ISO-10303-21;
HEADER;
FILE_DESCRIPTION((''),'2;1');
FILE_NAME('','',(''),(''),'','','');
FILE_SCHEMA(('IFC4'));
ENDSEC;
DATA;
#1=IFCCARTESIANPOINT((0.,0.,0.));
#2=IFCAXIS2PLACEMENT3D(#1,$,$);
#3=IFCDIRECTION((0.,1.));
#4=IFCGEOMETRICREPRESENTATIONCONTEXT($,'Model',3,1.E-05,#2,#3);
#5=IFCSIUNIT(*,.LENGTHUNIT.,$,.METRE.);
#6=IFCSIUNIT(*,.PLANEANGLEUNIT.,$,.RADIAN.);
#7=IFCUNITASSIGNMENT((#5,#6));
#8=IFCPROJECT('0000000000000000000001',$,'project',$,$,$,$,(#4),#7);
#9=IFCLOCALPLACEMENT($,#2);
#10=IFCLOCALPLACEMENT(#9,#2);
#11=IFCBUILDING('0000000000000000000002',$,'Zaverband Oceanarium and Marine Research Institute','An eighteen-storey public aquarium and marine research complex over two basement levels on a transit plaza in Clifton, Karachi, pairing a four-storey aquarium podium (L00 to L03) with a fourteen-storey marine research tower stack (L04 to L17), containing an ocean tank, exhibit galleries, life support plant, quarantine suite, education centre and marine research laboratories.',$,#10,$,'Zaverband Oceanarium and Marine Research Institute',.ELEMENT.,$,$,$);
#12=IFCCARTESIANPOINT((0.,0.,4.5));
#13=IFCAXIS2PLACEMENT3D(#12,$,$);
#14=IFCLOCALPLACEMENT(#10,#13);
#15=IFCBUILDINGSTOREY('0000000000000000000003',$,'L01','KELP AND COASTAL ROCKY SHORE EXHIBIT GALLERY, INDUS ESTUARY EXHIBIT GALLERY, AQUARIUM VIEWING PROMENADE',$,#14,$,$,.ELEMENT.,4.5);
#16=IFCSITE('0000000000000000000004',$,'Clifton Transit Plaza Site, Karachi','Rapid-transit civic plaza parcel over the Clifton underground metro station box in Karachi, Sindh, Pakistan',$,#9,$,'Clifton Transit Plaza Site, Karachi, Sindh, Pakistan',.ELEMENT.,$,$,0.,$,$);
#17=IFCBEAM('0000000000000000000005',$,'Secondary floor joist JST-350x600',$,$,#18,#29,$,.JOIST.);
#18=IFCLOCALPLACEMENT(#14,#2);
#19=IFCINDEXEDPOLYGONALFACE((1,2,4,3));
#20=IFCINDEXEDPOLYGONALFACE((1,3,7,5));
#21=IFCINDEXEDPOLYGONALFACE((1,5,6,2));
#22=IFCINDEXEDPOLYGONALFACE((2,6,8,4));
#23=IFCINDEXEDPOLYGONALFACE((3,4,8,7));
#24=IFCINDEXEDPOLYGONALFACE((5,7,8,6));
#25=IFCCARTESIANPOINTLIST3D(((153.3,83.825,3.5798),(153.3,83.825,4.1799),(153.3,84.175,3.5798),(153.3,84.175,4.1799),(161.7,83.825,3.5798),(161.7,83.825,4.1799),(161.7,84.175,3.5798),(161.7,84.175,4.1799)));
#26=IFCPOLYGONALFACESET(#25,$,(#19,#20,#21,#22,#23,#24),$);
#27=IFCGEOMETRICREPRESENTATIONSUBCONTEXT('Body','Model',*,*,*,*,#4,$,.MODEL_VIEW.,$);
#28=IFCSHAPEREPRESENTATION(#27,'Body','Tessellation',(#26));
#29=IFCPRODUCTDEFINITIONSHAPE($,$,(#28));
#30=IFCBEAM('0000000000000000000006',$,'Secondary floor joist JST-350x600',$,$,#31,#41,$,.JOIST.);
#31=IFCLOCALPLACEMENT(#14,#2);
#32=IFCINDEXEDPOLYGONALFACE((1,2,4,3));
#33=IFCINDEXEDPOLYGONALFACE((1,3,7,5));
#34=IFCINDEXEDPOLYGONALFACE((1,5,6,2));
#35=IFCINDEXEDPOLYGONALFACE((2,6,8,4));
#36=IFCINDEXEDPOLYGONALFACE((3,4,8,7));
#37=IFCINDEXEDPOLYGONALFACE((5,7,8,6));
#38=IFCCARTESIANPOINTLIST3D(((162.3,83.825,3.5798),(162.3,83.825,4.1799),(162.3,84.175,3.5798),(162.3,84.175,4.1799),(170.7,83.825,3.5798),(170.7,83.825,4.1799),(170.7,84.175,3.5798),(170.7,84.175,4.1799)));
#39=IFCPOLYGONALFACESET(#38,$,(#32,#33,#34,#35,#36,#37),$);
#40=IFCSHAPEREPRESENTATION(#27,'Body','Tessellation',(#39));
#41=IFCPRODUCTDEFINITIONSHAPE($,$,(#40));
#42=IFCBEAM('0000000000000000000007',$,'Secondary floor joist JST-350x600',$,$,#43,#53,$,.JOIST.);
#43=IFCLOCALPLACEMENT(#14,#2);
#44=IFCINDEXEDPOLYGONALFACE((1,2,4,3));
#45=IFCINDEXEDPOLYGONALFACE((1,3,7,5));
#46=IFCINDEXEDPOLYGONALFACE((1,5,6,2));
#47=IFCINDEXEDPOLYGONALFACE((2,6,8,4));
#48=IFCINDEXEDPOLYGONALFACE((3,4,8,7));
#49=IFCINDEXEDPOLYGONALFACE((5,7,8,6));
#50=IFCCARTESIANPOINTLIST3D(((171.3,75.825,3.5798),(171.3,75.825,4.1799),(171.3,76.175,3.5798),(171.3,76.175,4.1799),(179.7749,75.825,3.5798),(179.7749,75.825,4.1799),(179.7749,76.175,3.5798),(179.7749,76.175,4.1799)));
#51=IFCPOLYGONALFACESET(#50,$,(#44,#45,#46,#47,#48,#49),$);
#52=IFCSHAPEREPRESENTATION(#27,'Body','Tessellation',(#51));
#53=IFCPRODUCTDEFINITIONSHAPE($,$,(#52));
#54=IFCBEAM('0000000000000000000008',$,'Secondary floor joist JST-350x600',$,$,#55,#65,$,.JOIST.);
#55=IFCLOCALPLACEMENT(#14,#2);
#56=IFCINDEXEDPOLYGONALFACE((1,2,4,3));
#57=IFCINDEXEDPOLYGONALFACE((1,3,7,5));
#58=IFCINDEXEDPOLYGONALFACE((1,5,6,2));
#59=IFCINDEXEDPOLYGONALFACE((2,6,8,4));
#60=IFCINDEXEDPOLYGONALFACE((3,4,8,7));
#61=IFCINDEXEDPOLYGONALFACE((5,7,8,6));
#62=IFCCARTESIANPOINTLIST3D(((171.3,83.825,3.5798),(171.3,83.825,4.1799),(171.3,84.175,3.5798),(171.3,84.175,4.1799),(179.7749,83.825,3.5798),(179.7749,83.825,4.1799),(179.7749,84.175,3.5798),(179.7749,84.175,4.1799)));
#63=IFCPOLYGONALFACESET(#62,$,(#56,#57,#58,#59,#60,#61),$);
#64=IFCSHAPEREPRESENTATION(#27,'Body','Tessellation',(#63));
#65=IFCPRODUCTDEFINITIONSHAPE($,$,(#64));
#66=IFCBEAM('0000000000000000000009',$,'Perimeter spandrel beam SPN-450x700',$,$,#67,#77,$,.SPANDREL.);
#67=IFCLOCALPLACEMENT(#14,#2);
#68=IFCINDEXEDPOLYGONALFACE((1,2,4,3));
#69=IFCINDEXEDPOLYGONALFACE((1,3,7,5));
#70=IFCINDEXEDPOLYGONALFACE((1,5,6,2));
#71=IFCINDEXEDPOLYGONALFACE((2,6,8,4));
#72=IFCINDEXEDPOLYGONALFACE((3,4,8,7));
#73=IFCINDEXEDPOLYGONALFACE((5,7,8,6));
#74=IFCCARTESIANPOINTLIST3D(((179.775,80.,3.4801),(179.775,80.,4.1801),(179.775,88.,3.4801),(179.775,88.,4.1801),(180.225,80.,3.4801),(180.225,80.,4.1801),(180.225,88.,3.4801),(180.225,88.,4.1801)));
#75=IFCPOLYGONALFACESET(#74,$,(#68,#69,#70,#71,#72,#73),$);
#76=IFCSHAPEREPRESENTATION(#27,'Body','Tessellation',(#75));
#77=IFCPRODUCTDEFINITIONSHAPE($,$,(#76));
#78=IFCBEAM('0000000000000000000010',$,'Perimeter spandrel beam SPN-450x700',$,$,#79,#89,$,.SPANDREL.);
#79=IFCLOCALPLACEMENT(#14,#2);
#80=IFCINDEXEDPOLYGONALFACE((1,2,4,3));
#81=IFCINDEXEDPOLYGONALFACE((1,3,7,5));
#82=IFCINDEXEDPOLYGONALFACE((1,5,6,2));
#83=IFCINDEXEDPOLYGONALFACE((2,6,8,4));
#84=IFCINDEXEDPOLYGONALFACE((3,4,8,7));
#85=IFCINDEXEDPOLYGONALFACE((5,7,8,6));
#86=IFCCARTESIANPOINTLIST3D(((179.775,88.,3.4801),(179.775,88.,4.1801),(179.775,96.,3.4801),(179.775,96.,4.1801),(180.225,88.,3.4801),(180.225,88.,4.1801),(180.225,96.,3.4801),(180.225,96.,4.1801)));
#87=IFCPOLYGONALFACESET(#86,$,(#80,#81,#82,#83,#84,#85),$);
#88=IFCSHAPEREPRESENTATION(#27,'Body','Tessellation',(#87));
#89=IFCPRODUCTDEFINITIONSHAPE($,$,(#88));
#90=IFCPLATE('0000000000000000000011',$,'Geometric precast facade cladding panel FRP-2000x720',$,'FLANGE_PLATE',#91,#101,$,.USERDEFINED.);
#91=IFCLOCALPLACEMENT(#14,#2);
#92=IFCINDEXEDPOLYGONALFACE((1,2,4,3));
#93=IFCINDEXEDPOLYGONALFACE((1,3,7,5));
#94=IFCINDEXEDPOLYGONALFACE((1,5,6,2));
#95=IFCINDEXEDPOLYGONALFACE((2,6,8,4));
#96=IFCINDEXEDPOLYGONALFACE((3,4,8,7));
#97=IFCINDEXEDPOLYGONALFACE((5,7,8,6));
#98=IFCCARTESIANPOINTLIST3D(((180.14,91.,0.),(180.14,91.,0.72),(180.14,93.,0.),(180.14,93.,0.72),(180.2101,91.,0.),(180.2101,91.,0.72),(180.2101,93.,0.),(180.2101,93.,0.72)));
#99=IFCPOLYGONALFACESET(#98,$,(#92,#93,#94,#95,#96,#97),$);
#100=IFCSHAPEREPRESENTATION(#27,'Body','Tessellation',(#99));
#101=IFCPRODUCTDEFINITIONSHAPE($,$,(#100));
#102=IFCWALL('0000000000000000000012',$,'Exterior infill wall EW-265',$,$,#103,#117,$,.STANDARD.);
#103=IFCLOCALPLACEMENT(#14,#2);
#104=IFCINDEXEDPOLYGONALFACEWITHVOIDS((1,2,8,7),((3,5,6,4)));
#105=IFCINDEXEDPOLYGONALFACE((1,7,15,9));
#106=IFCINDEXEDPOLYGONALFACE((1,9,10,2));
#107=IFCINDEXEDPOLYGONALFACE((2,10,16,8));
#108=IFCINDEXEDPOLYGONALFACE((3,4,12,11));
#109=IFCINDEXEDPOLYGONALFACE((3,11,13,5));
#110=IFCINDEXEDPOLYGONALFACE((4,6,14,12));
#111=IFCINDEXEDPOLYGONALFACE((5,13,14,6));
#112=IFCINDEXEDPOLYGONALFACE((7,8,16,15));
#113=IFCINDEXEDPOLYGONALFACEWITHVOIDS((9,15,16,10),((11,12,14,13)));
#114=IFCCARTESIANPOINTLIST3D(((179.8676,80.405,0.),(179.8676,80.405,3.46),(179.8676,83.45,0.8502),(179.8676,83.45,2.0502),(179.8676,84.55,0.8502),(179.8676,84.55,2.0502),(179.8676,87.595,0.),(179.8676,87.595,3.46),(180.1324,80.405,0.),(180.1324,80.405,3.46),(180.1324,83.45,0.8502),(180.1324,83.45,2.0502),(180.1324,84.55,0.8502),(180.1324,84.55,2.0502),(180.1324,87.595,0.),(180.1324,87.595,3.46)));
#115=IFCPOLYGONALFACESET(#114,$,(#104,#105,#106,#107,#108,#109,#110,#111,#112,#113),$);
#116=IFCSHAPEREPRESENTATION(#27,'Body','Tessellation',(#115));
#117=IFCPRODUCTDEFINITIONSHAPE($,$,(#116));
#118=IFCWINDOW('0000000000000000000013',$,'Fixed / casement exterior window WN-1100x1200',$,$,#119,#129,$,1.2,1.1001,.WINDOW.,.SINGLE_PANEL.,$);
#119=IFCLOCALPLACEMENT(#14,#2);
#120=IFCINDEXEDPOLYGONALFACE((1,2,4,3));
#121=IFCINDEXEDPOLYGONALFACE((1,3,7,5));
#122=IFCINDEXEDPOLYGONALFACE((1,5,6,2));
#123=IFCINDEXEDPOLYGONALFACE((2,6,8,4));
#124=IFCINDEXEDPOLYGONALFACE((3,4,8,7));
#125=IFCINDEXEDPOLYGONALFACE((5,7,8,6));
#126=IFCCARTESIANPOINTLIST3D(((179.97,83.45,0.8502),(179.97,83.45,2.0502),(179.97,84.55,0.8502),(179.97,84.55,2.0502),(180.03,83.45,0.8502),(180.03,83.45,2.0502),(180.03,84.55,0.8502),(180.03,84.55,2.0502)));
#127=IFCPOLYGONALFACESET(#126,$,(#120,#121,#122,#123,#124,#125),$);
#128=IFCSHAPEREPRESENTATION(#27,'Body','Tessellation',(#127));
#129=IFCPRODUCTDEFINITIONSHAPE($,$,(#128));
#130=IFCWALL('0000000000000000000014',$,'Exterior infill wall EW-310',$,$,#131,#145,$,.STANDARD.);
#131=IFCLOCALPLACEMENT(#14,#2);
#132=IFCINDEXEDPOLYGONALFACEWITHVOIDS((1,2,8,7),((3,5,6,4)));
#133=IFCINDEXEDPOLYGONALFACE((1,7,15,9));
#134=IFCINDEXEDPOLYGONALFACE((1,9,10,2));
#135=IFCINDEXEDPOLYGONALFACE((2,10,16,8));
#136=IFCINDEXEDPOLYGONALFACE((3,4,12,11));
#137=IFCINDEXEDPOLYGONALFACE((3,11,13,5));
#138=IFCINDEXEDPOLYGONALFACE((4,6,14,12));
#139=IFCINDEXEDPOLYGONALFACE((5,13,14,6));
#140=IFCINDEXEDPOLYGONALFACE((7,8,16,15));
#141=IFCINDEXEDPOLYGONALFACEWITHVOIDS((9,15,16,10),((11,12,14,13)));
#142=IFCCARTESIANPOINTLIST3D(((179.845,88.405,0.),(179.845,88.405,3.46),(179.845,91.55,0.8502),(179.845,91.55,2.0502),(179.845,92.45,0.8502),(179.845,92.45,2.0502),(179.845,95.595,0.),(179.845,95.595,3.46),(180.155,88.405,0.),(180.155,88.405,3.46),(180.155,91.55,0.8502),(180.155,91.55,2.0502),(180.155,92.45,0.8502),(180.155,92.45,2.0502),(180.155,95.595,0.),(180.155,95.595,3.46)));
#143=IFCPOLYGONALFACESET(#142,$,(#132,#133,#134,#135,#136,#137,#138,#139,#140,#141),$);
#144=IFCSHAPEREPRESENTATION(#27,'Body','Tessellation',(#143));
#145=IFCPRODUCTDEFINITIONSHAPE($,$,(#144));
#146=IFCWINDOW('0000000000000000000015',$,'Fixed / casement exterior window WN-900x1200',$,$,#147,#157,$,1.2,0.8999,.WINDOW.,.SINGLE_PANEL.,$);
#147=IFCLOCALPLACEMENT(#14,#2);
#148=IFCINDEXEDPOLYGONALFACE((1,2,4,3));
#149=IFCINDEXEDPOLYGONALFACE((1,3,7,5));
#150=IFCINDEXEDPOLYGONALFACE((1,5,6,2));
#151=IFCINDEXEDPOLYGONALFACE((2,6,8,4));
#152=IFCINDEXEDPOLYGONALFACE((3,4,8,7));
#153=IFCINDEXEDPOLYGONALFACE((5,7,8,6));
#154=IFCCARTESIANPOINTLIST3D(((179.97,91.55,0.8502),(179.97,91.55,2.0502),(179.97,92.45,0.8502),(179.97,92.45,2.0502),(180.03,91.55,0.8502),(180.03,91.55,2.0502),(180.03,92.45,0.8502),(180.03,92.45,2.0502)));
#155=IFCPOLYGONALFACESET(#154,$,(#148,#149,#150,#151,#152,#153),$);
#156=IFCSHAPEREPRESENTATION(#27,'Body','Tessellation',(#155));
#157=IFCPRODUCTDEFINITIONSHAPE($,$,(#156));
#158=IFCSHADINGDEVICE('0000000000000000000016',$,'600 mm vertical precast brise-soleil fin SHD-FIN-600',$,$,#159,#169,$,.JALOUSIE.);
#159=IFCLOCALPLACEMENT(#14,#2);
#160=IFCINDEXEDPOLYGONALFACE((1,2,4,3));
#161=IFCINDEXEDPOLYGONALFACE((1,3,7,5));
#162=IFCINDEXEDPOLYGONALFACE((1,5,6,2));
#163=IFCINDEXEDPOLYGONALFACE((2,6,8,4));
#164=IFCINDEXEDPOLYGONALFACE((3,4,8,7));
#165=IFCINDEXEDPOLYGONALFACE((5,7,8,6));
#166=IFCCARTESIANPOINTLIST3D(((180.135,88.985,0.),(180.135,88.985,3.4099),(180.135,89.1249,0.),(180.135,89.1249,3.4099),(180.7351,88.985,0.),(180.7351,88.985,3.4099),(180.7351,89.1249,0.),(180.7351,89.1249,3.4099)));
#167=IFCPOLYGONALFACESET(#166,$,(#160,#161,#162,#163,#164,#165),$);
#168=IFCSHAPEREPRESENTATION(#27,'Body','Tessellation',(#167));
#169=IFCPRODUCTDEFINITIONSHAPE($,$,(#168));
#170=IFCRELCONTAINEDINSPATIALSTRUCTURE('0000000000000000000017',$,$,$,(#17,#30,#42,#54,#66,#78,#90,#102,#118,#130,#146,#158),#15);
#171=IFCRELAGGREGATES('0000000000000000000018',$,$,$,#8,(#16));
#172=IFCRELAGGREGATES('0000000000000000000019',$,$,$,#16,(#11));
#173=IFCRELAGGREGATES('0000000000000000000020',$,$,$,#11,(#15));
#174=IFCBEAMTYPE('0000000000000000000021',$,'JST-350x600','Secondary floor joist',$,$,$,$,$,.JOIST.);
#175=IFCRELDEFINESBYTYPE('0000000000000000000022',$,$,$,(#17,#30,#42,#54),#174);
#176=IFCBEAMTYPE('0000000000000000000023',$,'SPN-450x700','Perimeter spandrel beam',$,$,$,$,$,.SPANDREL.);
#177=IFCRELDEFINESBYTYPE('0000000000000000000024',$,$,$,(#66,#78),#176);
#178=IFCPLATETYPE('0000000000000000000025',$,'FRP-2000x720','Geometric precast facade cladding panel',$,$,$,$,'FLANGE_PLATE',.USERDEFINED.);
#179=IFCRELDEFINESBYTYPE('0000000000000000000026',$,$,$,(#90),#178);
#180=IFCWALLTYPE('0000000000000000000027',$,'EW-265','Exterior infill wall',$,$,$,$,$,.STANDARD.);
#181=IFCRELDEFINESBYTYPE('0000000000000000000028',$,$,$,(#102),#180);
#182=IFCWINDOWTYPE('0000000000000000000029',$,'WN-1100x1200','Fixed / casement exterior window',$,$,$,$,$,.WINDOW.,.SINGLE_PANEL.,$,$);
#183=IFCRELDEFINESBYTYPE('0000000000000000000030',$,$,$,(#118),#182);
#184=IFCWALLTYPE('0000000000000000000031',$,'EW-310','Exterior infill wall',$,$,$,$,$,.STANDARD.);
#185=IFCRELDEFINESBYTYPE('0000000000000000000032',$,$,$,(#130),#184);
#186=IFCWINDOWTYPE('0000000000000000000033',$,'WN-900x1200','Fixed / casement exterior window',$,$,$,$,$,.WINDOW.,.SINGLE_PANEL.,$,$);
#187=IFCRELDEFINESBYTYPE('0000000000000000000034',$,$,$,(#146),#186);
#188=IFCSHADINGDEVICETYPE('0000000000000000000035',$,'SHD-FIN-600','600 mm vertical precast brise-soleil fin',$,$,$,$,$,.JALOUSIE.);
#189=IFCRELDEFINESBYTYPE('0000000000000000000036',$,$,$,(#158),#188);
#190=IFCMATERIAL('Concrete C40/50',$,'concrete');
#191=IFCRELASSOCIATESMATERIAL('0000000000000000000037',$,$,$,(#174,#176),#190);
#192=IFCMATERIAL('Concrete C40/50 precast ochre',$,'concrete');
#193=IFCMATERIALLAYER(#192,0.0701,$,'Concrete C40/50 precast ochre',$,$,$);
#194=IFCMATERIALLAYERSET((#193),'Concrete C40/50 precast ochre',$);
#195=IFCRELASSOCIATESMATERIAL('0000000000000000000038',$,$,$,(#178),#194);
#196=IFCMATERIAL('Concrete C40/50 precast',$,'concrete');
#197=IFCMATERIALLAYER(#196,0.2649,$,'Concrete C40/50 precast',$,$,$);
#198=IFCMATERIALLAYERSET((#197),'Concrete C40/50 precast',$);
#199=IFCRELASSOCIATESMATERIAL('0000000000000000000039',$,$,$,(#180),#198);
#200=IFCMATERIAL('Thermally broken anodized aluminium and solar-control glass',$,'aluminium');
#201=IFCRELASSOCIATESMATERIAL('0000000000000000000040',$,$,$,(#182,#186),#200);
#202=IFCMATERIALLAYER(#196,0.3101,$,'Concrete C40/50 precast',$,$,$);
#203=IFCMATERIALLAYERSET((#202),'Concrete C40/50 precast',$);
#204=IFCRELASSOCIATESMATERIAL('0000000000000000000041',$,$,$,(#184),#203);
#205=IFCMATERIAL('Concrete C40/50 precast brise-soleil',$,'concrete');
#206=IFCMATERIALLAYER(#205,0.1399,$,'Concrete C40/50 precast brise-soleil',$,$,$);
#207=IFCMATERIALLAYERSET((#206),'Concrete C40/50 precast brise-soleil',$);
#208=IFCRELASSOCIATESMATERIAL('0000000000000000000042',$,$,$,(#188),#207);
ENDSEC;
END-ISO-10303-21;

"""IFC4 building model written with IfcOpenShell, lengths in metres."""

from ifc_helpers import new_model, si_unit, direction, frame, frame_2d, origin, origin_2d, place, context, subcontext, project, spatial, rectangle, extrude, material, layer, layer_set, material_profile, profile_set, type_object, element, fill, save


model = new_model("IFC4")

# Units and contexts
model_context = context("Model", 3, precision=1e-05, world=origin(), true_north=direction((0.0, 1.0)))
body_context = subcontext(model_context, "Body", "Model", "MODEL_VIEW")
ifc_project = project(units=[si_unit("LENGTHUNIT", "METRE"), si_unit("PLANEANGLEUNIT", "RADIAN")], contexts=[model_context])

# Site, building, storey
site_placement = place(None, origin())
site = spatial("IfcSite", under=ifc_project, at=site_placement, Name="Clifton Transit Plaza Site, Karachi", Description="Rapid-transit civic plaza parcel over the Clifton underground metro station box in Karachi, Sindh, Pakistan", LongName="Clifton Transit Plaza Site, Karachi, Sindh, Pakistan", CompositionType="ELEMENT", RefElevation=0.0)
building_placement = place(site_placement, origin())
building = spatial("IfcBuilding", under=site, at=building_placement, Name="Zaverband Oceanarium and Marine Research Institute", Description="An eighteen-storey public aquarium and marine research complex over two basement levels on a transit plaza in Clifton, Karachi, pairing a four-storey aquarium podium (L00 to L03) with a fourteen-storey marine research tower stack (L04 to L17), containing an ocean tank, exhibit galleries, life support plant, quarantine suite, education centre and marine research laboratories.", LongName="Zaverband Oceanarium and Marine Research Institute", CompositionType="ELEMENT")
storey_placement = place(building_placement, frame((0.0, 0.0, 4.5)))
storey = spatial("IfcBuildingStorey", under=building, at=storey_placement, Name="L01", Description="KELP AND COASTAL ROCKY SHORE EXHIBIT GALLERY, INDUS ESTUARY EXHIBIT GALLERY, AQUARIUM VIEWING PROMENADE", CompositionType="ELEMENT", Elevation=4.5)

# Beams
ifc_material_1 = material(Name="Concrete C40/50", Category="concrete")
ifc_material_profile_1 = material_profile(ifc_material_1, rectangle(XDim=0.3501, YDim=0.6001, at=origin_2d()), Name="RC350x600")
ifc_profile_set_1 = profile_set([ifc_material_profile_1], Name="Concrete C40/50")
beam_type_1 = type_object("IfcBeamType", Name="JST-350x600", Description="Secondary floor joist", PredefinedType="JOIST", material=ifc_profile_set_1)
for number, where, z_axis, x_axis, name in (
    (1, (153.3, 84.0, 3.8799), (1.0, 0.0, 0.0), (0.0, 1.0, 0.0), "Secondary floor joist JST-350x600"),
    (2, (162.3, 84.0, 3.8799), (1.0, 0.0, 0.0), (0.0, 1.0, 0.0), "Secondary floor joist JST-350x600"),
):
    element("IfcBeam", number, at=place(storey_placement, frame(where, z_axis=z_axis, x_axis=x_axis)), inside=storey, type_object=beam_type_1, Name=name, PredefinedType="JOIST", context=body_context, shape_type="SweptSolid", body=[
        extrude(rectangle(XDim=0.3501, YDim=0.6001, at=origin_2d()), origin(), (0.0, 0.0, 1.0), 8.3999),
    ])
for number, where, z_axis, x_axis, name in (
    (3, (171.3, 76.0, 3.8799), (1.0, 0.0, 0.0), (0.0, 1.0, 0.0), "Secondary floor joist JST-350x600"),
    (4, (171.3, 84.0, 3.8799), (1.0, 0.0, 0.0), (0.0, 1.0, 0.0), "Secondary floor joist JST-350x600"),
):
    element("IfcBeam", number, at=place(storey_placement, frame(where, z_axis=z_axis, x_axis=x_axis)), inside=storey, type_object=beam_type_1, Name=name, PredefinedType="JOIST", context=body_context, shape_type="SweptSolid", body=[
        extrude(rectangle(XDim=0.3501, YDim=0.6001, at=origin_2d()), origin(), (0.0, 0.0, 1.0), 8.4749),
    ])
ifc_material_profile_2 = material_profile(ifc_material_1, rectangle(XDim=0.45, YDim=0.7, at=origin_2d()), Name="RC450x700")
ifc_profile_set_2 = profile_set([ifc_material_profile_2], Name="Concrete C40/50")
beam_type_2 = type_object("IfcBeamType", Name="SPN-450x700", Description="Perimeter spandrel beam", PredefinedType="SPANDREL", material=ifc_profile_set_2)
for number, where, z_axis, x_axis, name in (
    (5, (180.0, 80.0, 3.8301), (0.0, 1.0, 0.0), (-1.0, 0.0, 0.0), "Perimeter spandrel beam SPN-450x700"),
    (6, (180.0, 88.0, 3.8301), (0.0, 1.0, 0.0), (-1.0, 0.0, 0.0), "Perimeter spandrel beam SPN-450x700"),
):
    element("IfcBeam", number, at=place(storey_placement, frame(where, z_axis=z_axis, x_axis=x_axis)), inside=storey, type_object=beam_type_2, Name=name, PredefinedType="SPANDREL", context=body_context, shape_type="SweptSolid", body=[
        extrude(rectangle(XDim=0.45, YDim=0.7, at=origin_2d()), origin(), (0.0, 0.0, 1.0), 8.0),
    ])

# Plate
ifc_material_2 = material(Name="Concrete C40/50 precast ochre", Category="concrete")
ifc_layer_1 = layer(ifc_material_2, 0.0701, Name="Concrete C40/50 precast ochre")
ifc_layer_set_1 = layer_set([ifc_layer_1], Name="Concrete C40/50 precast ochre")
plate_type = type_object("IfcPlateType", Name="FRP-2000x720", Description="Geometric precast facade cladding panel", ElementType="FLANGE_PLATE", PredefinedType="USERDEFINED", material=ifc_layer_set_1)
plate_placement = place(storey_placement, frame((180.175, 91.0, 0.0), z_axis=(0.0, 0.0, 1.0), x_axis=(0.0, 1.0, 0.0)))
element("IfcPlate", 7, at=plate_placement, inside=storey, type_object=plate_type, Name="Geometric precast facade cladding panel FRP-2000x720", ObjectType="FLANGE_PLATE", PredefinedType="USERDEFINED", context=body_context, shape_type="SweptSolid", body=[
    extrude(rectangle(XDim=2.0, YDim=0.0701, at=frame_2d((1.0, 0.0))), origin(), (0.0, 0.0, 1.0), 0.72),
])

# Walls, openings, windows
ifc_material_3 = material(Name="Concrete C40/50 precast", Category="concrete")
ifc_layer_2 = layer(ifc_material_3, 0.2649, Name="Concrete C40/50 precast")
ifc_layer_set_2 = layer_set([ifc_layer_2], Name="Concrete C40/50 precast")
wall_type_1 = type_object("IfcWallType", Name="EW-265", Description="Exterior infill wall", PredefinedType="STANDARD", material=ifc_layer_set_2)
wall_1_placement = place(storey_placement, frame((180.0, 80.405, 0.0), z_axis=(0.0, 0.0, 1.0), x_axis=(0.0, 1.0, 0.0)))
wall_1 = element("IfcWall", 8, at=wall_1_placement, inside=storey, type_object=wall_type_1, Name="Exterior infill wall EW-265", PredefinedType="STANDARD", context=body_context, shape_type="SweptSolid", body=[
    extrude(rectangle(XDim=7.1899, YDim=0.2649, at=frame_2d((3.595, 0.0))), origin(), (0.0, 0.0, 1.0), 3.46),
])
opening_1_placement = place(wall_1_placement, frame((3.0449, 0.0, 0.8501)))
opening_1 = element("IfcOpeningElement", 9, at=opening_1_placement, cuts=wall_1, PredefinedType="OPENING", context=body_context, shape_type="SweptSolid", body=[
    extrude(rectangle(XDim=1.1001, YDim=1.2, at=frame_2d((0.55, 0.6001))), frame((0.0, 0.1445, 0.0), z_axis=(0.0, -1.0, 0.0), x_axis=(1.0, 0.0, 0.0)), (0.0, 0.0, 1.0), 0.2888),
])
ifc_material_4 = material(Name="Thermally broken anodized aluminium and solar-control glass", Category="aluminium")
window_type_1 = type_object("IfcWindowType", Name="WN-1100x1200", Description="Fixed / casement exterior window", PartitioningType="SINGLE_PANEL", PredefinedType="WINDOW", material=ifc_material_4)
window_1_placement = place(opening_1_placement, origin())
window_1 = element("IfcWindow", 10, at=window_1_placement, inside=storey, type_object=window_type_1, Name="Fixed / casement exterior window WN-1100x1200", OverallHeight=1.2, OverallWidth=1.1001, PartitioningType="SINGLE_PANEL", PredefinedType="WINDOW", context=body_context, shape_type="SweptSolid", body=[
    extrude(rectangle(XDim=1.1001, YDim=1.2, at=frame_2d((0.55, 0.6001))), frame((0.0, 0.03, 0.0), z_axis=(0.0, -1.0, 0.0), x_axis=(1.0, 0.0, 0.0)), (0.0, 0.0, 1.0), 0.0601),
])
fill(opening_1, window_1)
ifc_layer_3 = layer(ifc_material_3, 0.3101, Name="Concrete C40/50 precast")
ifc_layer_set_3 = layer_set([ifc_layer_3], Name="Concrete C40/50 precast")
wall_type_2 = type_object("IfcWallType", Name="EW-310", Description="Exterior infill wall", PredefinedType="STANDARD", material=ifc_layer_set_3)
wall_2_placement = place(storey_placement, frame((180.0, 88.405, 0.0), z_axis=(0.0, 0.0, 1.0), x_axis=(0.0, 1.0, 0.0)))
wall_2 = element("IfcWall", 11, at=wall_2_placement, inside=storey, type_object=wall_type_2, Name="Exterior infill wall EW-310", PredefinedType="STANDARD", context=body_context, shape_type="SweptSolid", body=[
    extrude(rectangle(XDim=7.1899, YDim=0.3101, at=frame_2d((3.595, 0.0))), origin(), (0.0, 0.0, 1.0), 3.46),
])
opening_2_placement = place(wall_2_placement, frame((3.145, 0.0, 0.8501)))
opening_2 = element("IfcOpeningElement", 12, at=opening_2_placement, cuts=wall_2, PredefinedType="OPENING", context=body_context, shape_type="SweptSolid", body=[
    extrude(rectangle(XDim=0.8999, YDim=1.2, at=frame_2d((0.45, 0.6001))), frame((0.0, 0.167, 0.0), z_axis=(0.0, -1.0, 0.0), x_axis=(1.0, 0.0, 0.0)), (0.0, 0.0, 1.0), 0.334),
])
window_type_2 = type_object("IfcWindowType", Name="WN-900x1200", Description="Fixed / casement exterior window", PartitioningType="SINGLE_PANEL", PredefinedType="WINDOW", material=ifc_material_4)
window_2_placement = place(opening_2_placement, origin())
window_2 = element("IfcWindow", 13, at=window_2_placement, inside=storey, type_object=window_type_2, Name="Fixed / casement exterior window WN-900x1200", OverallHeight=1.2, OverallWidth=0.8999, PartitioningType="SINGLE_PANEL", PredefinedType="WINDOW", context=body_context, shape_type="SweptSolid", body=[
    extrude(rectangle(XDim=0.8999, YDim=1.2, at=frame_2d((0.45, 0.6001))), frame((0.0, 0.03, 0.0), z_axis=(0.0, -1.0, 0.0), x_axis=(1.0, 0.0, 0.0)), (0.0, 0.0, 1.0), 0.0601),
])
fill(opening_2, window_2)

# Shading device
ifc_material_5 = material(Name="Concrete C40/50 precast brise-soleil", Category="concrete")
ifc_layer_4 = layer(ifc_material_5, 0.1399, Name="Concrete C40/50 precast brise-soleil")
ifc_layer_set_4 = layer_set([ifc_layer_4], Name="Concrete C40/50 precast brise-soleil")
shading_device_type = type_object("IfcShadingDeviceType", Name="SHD-FIN-600", Description="600 mm vertical precast brise-soleil fin", PredefinedType="JALOUSIE", material=ifc_layer_set_4)
shading_device_placement = place(storey_placement, frame((180.135, 89.0549, 0.0), z_axis=(0.0, 0.0, 1.0), x_axis=(1.0, 0.0, 0.0)))
element("IfcShadingDevice", 14, at=shading_device_placement, inside=storey, type_object=shading_device_type, Name="600 mm vertical precast brise-soleil fin SHD-FIN-600", PredefinedType="JALOUSIE", context=body_context, shape_type="SweptSolid", body=[
    extrude(rectangle(XDim=0.6001, YDim=0.1399, at=frame_2d((0.3, 0.0))), origin(), (0.0, 0.0, 1.0), 3.4099),
])

save(model, "model.ifc")
